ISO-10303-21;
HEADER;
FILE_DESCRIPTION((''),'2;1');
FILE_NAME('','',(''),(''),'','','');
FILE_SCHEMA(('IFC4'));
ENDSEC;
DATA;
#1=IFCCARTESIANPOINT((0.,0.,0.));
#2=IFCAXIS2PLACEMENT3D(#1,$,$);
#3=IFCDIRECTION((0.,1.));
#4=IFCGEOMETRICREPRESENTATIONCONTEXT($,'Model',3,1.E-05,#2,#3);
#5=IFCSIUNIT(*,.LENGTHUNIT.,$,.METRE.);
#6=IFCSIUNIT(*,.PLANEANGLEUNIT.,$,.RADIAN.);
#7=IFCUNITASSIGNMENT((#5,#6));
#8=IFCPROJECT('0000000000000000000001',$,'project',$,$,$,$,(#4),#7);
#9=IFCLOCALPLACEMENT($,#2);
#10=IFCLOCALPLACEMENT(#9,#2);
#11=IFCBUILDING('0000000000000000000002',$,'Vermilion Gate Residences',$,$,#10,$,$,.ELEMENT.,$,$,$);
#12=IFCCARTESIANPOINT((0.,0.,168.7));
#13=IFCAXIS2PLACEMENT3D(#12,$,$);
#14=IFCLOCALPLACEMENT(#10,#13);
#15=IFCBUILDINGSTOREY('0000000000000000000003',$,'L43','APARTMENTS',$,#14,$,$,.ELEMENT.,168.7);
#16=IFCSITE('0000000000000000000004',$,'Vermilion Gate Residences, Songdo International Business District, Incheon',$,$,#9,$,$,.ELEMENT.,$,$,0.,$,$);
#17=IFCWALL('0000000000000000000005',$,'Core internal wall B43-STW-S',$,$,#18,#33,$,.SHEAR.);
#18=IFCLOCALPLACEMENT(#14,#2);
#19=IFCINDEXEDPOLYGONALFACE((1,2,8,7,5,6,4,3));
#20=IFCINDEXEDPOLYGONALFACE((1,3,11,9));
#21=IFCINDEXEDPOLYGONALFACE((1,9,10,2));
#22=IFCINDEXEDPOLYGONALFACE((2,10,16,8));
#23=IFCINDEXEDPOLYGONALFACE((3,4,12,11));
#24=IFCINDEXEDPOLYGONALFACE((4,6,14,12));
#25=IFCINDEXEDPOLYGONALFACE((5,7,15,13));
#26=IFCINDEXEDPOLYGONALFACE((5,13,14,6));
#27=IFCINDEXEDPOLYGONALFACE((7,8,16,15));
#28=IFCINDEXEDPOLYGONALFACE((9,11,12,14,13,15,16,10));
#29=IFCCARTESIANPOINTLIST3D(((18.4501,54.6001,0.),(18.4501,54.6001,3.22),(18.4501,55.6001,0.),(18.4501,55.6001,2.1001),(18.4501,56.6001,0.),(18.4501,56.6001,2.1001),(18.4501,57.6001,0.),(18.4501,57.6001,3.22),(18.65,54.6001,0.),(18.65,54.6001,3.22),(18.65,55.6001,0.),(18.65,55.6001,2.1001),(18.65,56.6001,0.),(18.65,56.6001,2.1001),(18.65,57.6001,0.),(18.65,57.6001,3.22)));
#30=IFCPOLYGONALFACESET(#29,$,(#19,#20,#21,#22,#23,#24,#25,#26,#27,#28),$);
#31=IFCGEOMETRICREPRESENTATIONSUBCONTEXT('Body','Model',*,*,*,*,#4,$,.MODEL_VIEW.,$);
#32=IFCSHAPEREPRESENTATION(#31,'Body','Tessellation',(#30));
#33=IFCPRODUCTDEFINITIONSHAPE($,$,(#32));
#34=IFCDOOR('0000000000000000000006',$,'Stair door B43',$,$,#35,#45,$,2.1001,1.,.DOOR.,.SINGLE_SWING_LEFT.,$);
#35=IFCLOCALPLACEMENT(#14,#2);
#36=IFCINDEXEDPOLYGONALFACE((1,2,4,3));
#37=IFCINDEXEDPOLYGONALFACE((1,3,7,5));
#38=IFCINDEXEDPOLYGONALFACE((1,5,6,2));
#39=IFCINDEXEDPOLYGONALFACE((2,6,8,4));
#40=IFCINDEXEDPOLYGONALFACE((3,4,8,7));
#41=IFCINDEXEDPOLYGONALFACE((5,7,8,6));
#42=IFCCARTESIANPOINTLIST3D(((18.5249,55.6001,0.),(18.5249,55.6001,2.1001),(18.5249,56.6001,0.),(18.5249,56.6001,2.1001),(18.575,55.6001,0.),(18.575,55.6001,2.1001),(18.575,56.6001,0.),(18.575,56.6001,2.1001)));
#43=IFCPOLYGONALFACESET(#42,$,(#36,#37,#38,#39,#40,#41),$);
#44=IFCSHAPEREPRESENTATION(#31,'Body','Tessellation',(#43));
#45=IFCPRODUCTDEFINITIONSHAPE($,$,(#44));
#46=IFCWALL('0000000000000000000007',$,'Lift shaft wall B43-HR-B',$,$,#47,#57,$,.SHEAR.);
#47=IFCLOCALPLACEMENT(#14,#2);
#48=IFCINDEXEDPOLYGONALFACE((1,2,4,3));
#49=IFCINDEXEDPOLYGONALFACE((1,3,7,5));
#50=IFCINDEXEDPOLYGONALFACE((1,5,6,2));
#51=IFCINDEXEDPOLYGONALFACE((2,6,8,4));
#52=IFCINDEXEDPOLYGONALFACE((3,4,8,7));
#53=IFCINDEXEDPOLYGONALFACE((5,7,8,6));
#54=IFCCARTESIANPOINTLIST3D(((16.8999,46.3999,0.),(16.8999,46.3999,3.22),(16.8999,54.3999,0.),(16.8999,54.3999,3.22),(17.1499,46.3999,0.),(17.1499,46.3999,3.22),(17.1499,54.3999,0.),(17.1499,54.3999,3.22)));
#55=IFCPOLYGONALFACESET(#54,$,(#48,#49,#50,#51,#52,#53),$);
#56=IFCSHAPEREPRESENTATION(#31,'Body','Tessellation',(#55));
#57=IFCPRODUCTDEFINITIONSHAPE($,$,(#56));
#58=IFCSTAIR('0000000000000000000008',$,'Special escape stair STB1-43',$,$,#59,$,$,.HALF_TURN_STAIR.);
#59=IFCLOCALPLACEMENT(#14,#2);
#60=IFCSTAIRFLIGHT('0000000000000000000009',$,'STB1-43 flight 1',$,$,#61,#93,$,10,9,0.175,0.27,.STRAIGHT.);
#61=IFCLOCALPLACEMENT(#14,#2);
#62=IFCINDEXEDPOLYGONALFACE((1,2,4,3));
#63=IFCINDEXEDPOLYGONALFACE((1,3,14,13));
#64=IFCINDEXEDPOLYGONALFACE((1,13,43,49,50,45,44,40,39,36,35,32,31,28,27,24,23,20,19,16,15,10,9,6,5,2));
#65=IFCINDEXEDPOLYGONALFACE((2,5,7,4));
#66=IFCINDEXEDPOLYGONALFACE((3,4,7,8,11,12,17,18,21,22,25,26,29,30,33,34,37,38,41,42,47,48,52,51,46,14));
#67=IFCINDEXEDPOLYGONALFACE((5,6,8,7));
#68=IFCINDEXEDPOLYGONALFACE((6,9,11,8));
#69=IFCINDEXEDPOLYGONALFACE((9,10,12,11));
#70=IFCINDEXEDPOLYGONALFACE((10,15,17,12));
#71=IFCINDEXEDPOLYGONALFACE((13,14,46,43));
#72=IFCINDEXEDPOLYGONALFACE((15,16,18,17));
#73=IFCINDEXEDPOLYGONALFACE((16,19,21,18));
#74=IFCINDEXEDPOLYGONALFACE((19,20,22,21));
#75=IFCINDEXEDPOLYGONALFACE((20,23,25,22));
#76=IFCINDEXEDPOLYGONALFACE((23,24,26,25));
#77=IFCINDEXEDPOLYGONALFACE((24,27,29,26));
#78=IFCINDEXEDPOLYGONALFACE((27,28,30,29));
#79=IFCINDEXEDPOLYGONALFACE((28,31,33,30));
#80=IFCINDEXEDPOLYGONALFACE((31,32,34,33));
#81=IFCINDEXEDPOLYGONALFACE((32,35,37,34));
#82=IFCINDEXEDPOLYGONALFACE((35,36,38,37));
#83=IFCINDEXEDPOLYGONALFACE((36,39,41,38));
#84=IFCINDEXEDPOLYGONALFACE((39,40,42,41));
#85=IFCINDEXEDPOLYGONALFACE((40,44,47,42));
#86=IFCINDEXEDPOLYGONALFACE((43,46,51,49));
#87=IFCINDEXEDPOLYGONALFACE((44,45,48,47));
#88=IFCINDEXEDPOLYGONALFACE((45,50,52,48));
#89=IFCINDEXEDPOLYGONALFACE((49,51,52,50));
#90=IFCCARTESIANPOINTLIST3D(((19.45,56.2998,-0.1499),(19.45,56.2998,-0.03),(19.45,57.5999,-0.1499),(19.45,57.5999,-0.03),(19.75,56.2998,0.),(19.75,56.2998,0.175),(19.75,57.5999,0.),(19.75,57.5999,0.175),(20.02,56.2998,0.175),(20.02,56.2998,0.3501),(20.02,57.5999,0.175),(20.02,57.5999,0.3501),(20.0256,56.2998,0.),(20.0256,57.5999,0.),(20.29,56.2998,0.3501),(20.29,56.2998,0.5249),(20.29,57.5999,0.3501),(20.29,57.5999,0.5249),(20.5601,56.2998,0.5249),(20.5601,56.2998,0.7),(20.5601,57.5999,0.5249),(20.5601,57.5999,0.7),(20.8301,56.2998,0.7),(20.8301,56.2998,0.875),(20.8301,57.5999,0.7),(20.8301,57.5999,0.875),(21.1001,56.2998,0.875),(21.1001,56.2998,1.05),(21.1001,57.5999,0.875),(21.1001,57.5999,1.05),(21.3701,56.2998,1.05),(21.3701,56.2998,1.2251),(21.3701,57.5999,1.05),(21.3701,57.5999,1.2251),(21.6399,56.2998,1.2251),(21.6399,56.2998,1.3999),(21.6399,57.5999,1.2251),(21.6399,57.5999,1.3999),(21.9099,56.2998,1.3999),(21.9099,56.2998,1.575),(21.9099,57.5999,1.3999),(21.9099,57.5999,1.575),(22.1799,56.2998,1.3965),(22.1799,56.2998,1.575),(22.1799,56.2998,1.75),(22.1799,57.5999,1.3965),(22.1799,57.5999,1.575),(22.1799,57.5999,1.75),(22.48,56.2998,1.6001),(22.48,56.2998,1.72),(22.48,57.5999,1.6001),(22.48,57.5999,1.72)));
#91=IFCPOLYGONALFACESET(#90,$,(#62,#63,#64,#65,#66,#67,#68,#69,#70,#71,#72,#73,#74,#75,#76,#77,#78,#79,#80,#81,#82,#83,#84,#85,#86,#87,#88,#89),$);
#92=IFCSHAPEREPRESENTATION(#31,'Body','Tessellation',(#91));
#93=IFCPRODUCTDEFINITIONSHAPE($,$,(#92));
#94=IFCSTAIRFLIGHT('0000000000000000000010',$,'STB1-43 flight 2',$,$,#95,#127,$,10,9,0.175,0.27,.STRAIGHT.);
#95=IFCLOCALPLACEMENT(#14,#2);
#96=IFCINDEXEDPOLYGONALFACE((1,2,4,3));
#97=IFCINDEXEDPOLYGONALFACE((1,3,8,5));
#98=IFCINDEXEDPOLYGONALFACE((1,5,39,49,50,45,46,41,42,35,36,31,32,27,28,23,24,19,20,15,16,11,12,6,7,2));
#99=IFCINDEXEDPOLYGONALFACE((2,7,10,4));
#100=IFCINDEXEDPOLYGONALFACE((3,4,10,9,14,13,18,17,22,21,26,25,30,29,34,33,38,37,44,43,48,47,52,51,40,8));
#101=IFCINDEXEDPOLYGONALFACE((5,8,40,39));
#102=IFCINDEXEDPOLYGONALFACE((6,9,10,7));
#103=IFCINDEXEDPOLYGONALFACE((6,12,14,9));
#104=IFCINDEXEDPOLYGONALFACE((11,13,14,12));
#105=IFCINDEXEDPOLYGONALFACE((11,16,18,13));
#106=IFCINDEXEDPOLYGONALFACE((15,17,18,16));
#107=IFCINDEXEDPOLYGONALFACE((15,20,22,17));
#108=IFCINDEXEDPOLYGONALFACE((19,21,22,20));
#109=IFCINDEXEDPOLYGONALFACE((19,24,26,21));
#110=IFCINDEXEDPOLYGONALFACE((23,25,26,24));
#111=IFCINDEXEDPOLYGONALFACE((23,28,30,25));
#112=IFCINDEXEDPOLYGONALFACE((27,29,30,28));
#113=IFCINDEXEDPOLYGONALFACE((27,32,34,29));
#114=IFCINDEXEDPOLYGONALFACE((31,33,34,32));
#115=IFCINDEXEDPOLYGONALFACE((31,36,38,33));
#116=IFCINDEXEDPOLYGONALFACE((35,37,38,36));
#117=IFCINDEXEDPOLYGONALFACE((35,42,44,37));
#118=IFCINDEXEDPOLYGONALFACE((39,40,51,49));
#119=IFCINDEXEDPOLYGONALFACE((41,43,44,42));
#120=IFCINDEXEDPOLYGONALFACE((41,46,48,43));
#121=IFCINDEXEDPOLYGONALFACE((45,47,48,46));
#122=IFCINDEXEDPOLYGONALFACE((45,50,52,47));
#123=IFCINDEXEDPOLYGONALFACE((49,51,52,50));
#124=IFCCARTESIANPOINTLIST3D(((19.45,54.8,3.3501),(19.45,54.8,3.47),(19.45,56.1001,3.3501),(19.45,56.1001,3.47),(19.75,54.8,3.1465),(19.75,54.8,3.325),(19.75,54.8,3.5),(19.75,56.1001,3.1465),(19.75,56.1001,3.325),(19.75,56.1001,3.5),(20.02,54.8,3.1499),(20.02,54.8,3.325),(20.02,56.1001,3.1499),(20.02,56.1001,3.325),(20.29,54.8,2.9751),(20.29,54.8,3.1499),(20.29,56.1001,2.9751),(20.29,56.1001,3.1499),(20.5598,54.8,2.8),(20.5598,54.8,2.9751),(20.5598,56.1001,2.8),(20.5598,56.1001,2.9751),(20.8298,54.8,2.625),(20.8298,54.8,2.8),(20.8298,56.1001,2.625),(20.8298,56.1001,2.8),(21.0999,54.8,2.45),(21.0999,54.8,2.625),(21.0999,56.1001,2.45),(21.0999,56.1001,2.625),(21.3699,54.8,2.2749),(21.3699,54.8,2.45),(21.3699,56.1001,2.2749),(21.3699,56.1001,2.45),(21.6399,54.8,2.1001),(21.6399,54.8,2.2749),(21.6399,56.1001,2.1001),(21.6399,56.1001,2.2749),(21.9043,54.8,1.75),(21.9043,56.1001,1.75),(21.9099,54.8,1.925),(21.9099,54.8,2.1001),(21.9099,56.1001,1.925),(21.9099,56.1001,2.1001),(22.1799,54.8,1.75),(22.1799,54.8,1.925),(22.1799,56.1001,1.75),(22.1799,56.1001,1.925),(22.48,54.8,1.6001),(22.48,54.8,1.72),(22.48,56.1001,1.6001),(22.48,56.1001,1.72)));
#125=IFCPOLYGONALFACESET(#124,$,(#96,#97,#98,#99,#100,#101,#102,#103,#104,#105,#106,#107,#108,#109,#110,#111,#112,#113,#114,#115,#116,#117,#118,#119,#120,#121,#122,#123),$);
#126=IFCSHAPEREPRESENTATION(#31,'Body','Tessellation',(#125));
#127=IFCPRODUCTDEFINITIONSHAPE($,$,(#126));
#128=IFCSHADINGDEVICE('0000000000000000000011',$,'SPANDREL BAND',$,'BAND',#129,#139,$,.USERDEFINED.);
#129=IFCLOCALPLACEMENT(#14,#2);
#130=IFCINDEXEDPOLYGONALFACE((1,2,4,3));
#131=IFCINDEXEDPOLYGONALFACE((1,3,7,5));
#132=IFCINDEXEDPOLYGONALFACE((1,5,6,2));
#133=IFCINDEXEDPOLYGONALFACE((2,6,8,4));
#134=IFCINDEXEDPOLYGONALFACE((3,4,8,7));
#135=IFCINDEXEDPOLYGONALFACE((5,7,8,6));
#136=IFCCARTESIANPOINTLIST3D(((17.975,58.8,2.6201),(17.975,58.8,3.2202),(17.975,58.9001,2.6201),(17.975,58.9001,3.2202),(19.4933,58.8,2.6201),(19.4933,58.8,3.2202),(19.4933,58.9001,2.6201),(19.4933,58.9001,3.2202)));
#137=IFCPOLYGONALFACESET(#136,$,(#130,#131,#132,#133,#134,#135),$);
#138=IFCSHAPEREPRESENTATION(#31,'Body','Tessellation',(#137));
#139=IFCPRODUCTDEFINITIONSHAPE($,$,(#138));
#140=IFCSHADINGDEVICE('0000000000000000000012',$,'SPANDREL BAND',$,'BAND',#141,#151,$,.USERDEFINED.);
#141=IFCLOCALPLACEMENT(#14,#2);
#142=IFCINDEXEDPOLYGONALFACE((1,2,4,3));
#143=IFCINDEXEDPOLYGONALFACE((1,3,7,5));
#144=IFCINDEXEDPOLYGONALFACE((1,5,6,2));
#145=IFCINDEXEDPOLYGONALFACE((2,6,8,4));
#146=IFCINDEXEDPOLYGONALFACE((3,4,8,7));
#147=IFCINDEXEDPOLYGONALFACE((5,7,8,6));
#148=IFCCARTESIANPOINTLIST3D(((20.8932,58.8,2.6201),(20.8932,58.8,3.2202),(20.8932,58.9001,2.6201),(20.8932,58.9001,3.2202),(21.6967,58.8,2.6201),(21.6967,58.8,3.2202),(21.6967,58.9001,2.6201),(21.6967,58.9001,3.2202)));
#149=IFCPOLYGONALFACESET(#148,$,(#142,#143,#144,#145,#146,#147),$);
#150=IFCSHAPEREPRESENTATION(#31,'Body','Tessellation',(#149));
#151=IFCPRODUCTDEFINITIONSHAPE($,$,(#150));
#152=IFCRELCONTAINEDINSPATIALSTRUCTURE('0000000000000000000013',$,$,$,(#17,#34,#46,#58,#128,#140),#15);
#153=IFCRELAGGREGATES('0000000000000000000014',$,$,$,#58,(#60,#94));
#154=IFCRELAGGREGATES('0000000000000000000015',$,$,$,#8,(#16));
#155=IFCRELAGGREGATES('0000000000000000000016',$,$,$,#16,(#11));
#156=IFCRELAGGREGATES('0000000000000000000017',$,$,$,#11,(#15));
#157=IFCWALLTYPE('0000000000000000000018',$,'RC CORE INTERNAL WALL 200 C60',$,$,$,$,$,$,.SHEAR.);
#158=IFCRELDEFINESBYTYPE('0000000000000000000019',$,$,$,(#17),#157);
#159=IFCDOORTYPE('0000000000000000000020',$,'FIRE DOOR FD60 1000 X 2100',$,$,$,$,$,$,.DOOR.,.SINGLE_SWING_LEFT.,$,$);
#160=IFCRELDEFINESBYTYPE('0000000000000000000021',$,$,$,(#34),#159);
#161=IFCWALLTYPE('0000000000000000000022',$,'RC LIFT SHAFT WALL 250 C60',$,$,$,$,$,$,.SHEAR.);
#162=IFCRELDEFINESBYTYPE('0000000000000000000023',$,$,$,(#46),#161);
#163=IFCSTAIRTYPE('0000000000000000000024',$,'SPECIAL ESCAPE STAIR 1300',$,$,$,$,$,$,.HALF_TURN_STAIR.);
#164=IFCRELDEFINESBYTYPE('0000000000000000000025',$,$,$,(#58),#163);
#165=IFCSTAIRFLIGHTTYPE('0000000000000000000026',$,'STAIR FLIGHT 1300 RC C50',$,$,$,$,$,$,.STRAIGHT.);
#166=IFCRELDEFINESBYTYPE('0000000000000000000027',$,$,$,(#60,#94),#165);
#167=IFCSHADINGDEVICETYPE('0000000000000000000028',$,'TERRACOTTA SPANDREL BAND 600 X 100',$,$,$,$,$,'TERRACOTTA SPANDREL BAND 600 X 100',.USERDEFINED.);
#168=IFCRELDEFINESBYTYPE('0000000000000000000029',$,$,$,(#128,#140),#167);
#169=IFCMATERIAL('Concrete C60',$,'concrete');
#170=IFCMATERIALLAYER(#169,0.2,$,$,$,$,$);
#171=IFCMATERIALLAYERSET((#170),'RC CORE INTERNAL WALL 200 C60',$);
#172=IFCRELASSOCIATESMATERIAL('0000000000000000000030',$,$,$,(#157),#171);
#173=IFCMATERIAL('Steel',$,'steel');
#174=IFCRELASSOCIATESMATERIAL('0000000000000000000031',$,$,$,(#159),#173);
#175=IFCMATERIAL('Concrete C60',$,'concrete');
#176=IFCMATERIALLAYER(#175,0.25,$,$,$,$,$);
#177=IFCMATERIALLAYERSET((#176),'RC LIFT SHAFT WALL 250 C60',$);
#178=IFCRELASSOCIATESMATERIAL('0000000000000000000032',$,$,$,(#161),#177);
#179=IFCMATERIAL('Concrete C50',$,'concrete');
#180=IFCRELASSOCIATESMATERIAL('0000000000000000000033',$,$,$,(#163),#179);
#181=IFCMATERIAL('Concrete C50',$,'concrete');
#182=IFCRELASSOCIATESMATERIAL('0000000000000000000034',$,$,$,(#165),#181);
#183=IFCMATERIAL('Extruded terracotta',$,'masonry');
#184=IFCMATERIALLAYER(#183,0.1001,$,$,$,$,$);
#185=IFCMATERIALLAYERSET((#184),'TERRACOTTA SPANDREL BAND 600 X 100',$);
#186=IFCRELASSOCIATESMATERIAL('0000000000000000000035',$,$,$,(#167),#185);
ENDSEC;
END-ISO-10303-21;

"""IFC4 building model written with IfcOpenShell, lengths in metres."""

from ifc_helpers import new_model, si_unit, direction, frame, frame_2d, origin, origin_2d, place, context, subcontext, project, spatial, polyline, rectangle, outline, extrude, material, layer, layer_set, type_object, element, fill, aggregate, save


model = new_model("IFC4")

# Units and contexts
model_context = context("Model", 3, precision=1e-05, world=origin(), true_north=direction((0.0, 1.0)))
body_context = subcontext(model_context, "Body", "Model", "MODEL_VIEW")
ifc_project = project(units=[si_unit("LENGTHUNIT", "METRE"), si_unit("PLANEANGLEUNIT", "RADIAN")], contexts=[model_context])

# Site, building, storey
site_placement = place(None, origin())
site = spatial("IfcSite", under=ifc_project, at=site_placement, Name="Vermilion Gate Residences, Songdo International Business District, Incheon", CompositionType="ELEMENT", RefElevation=0.0)
building_placement = place(site_placement, origin())
building = spatial("IfcBuilding", under=site, at=building_placement, Name="Vermilion Gate Residences", CompositionType="ELEMENT")
storey_placement = place(building_placement, frame((0.0, 0.0, 168.7)))
storey = spatial("IfcBuildingStorey", under=building, at=storey_placement, Name="L43", Description="APARTMENTS", CompositionType="ELEMENT", Elevation=168.7)

# Shared definitions
ifc_material_1 = material(Name="Concrete C60", Category="concrete")
ifc_layer_1 = layer(ifc_material_1, 0.2)
ifc_layer_set_1 = layer_set([ifc_layer_1], Name="RC CORE INTERNAL WALL 200 C60")
wall_type_1 = type_object("IfcWallType", Name="RC CORE INTERNAL WALL 200 C60", PredefinedType="SHEAR", material=ifc_layer_set_1)

# Wall, opening, door
wall_1_placement = place(storey_placement, frame((18.55, 57.6001, 0.0), z_axis=(0.0, 0.0, 1.0), x_axis=(0.0, -1.0, 0.0)))
wall_1 = element("IfcWall", 1, at=wall_1_placement, inside=storey, type_object=wall_type_1, Name="Core internal wall B43-STW-S", PredefinedType="SHEAR", context=body_context, shape_type="SweptSolid", body=[
    extrude(rectangle(XDim=3.0, YDim=0.2, at=frame_2d((1.5, 0.0))), origin(), (0.0, 0.0, 1.0), 3.22),
])
opening_1_placement = place(wall_1_placement, frame((1.0, 0.0, 0.0)))
opening_1 = element("IfcOpeningElement", 2, at=opening_1_placement, cuts=wall_1, PredefinedType="OPENING", context=body_context, shape_type="SweptSolid", body=[
    extrude(rectangle(XDim=1.0, YDim=2.1001, at=frame_2d((0.5, 1.05))), frame((0.0, 0.1099, 0.0), z_axis=(0.0, -1.0, 0.0), x_axis=(1.0, 0.0, 0.0)), (0.0, 0.0, 1.0), 0.22),
])
ifc_material_2 = material(Name="Steel", Category="steel")
door_type_1 = type_object("IfcDoorType", Name="FIRE DOOR FD60 1000 X 2100", OperationType="SINGLE_SWING_LEFT", PredefinedType="DOOR", material=ifc_material_2)
door_1_placement = place(opening_1_placement, origin())
door_1 = element("IfcDoor", 3, at=door_1_placement, inside=storey, type_object=door_type_1, Name="Stair door B43", OperationType="SINGLE_SWING_LEFT", OverallHeight=2.1001, OverallWidth=1.0, PredefinedType="DOOR", context=body_context, shape_type="SweptSolid", body=[
    extrude(rectangle(XDim=1.0, YDim=2.1001, at=frame_2d((0.5, 1.05))), frame((0.0, 0.0249, 0.0), z_axis=(0.0, -1.0, 0.0), x_axis=(1.0, 0.0, 0.0)), (0.0, 0.0, 1.0), 0.05),
])
fill(opening_1, door_1)

# Wall
ifc_material_3 = material(Name="Concrete C60", Category="concrete")
ifc_layer_2 = layer(ifc_material_3, 0.25)
ifc_layer_set_2 = layer_set([ifc_layer_2], Name="RC LIFT SHAFT WALL 250 C60")
wall_type_2 = type_object("IfcWallType", Name="RC LIFT SHAFT WALL 250 C60", PredefinedType="SHEAR", material=ifc_layer_set_2)
wall_2_placement = place(storey_placement, frame((17.0249, 54.3999, 0.0), z_axis=(0.0, 0.0, 1.0), x_axis=(0.0, -1.0, 0.0)))
element("IfcWall", 4, at=wall_2_placement, inside=storey, type_object=wall_type_2, Name="Lift shaft wall B43-HR-B", PredefinedType="SHEAR", context=body_context, shape_type="SweptSolid", body=[
    extrude(rectangle(XDim=8.0, YDim=0.25, at=frame_2d((4.0, 0.0))), origin(), (0.0, 0.0, 1.0), 3.22),
])

# Stair, stair flights
ifc_material_4 = material(Name="Concrete C50", Category="concrete")
stair_type = type_object("IfcStairType", Name="SPECIAL ESCAPE STAIR 1300", PredefinedType="HALF_TURN_STAIR", material=ifc_material_4)
stair_placement = place(storey_placement, origin())
stair = element("IfcStair", 5, at=stair_placement, inside=storey, type_object=stair_type, Name="Special escape stair STB1-43", PredefinedType="HALF_TURN_STAIR")
ifc_material_5 = material(Name="Concrete C50", Category="concrete")
stair_flight_type = type_object("IfcStairFlightType", Name="STAIR FLIGHT 1300 RC C50", PredefinedType="STRAIGHT", material=ifc_material_5)
stair_flight_1_placement = place(storey_placement, frame((19.75, 56.95, 0.0), z_axis=(0.0, 0.0, 1.0), x_axis=(1.0, 0.0, 0.0)))
stair_flight_1 = element("IfcStairFlight", 6, at=stair_flight_1_placement, type_object=stair_flight_type, Name="STB1-43 flight 1", NumberOfRisers=10, NumberOfTreads=9, PredefinedType="STRAIGHT", RiserHeight=0.175, TreadLength=0.27, context=body_context, shape_type="SweptSolid", body=[
    extrude(outline(polyline([(-0.3, -0.1499), (-0.3, -0.03), (0.0, 0.0), (0.0, 0.175), (0.27, 0.175), (0.27, 0.3501), (0.54, 0.3501), (0.54, 0.5249), (0.8101, 0.5249), (0.8101, 0.7), (1.0801, 0.7), (1.0801, 0.875), (1.3501, 0.875), (1.3501, 1.05), (1.6201, 1.05), (1.6201, 1.2251), (1.8899, 1.2251), (1.8899, 1.3999), (2.1599, 1.3999), (2.1599, 1.575), (2.4299, 1.575), (2.4299, 1.75), (2.73, 1.72), (2.73, 1.6001), (2.4299, 1.3965), (0.2756, 0.0), (-0.3, -0.1499)])), frame((0.0, 0.6499, 0.0), z_axis=(0.0, -1.0, 0.0), x_axis=(1.0, 0.0, 0.0)), (0.0, 0.0, 1.0), 1.3),
])
stair_flight_2_placement = place(storey_placement, frame((22.1799, 55.45, 1.75), z_axis=(0.0, 0.0, 1.0), x_axis=(-1.0, 0.0, 0.0)))
stair_flight_2 = element("IfcStairFlight", 7, at=stair_flight_2_placement, type_object=stair_flight_type, Name="STB1-43 flight 2", NumberOfRisers=10, NumberOfTreads=9, PredefinedType="STRAIGHT", RiserHeight=0.175, TreadLength=0.27, context=body_context, shape_type="SweptSolid", body=[
    extrude(outline(polyline([(-0.3, -0.1499), (-0.3, -0.03), (0.0, 0.0), (0.0, 0.175), (0.27, 0.175), (0.27, 0.3501), (0.54, 0.3501), (0.54, 0.5249), (0.8101, 0.5249), (0.8101, 0.7), (1.0801, 0.7), (1.0801, 0.875), (1.3501, 0.875), (1.3501, 1.05), (1.6201, 1.05), (1.6201, 1.2251), (1.8899, 1.2251), (1.8899, 1.3999), (2.1599, 1.3999), (2.1599, 1.575), (2.4299, 1.575), (2.4299, 1.75), (2.73, 1.72), (2.73, 1.6001), (2.4299, 1.3965), (0.2756, 0.0), (-0.3, -0.1499)])), frame((0.0, 0.6499, 0.0), z_axis=(0.0, -1.0, 0.0), x_axis=(1.0, 0.0, 0.0)), (0.0, 0.0, 1.0), 1.3),
])
aggregate(stair, [stair_flight_1, stair_flight_2])

# Shading devices
ifc_material_6 = material(Name="Extruded terracotta", Category="masonry")
ifc_layer_3 = layer(ifc_material_6, 0.1001)
ifc_layer_set_3 = layer_set([ifc_layer_3], Name="TERRACOTTA SPANDREL BAND 600 X 100")
shading_device_type = type_object("IfcShadingDeviceType", Name="TERRACOTTA SPANDREL BAND 600 X 100", ElementType="TERRACOTTA SPANDREL BAND 600 X 100", PredefinedType="USERDEFINED", material=ifc_layer_set_3)
shading_device_1_placement = place(storey_placement, frame((18.7341, 58.8501, 2.6201), z_axis=(0.0, 0.0, 1.0), x_axis=(1.0, 0.0, 0.0)))
element("IfcShadingDevice", 8, at=shading_device_1_placement, inside=storey, type_object=shading_device_type, Name="SPANDREL BAND", ObjectType="BAND", PredefinedType="USERDEFINED", context=body_context, shape_type="SweptSolid", body=[
    extrude(rectangle(XDim=1.5183, YDim=0.1001, at=origin_2d()), origin(), (0.0, 0.0, 1.0), 0.6001),
])
shading_device_2_placement = place(storey_placement, frame((21.2949, 58.8501, 2.6201), z_axis=(0.0, 0.0, 1.0), x_axis=(1.0, 0.0, 0.0)))
element("IfcShadingDevice", 9, at=shading_device_2_placement, inside=storey, type_object=shading_device_type, Name="SPANDREL BAND", ObjectType="BAND", PredefinedType="USERDEFINED", context=body_context, shape_type="SweptSolid", body=[
    extrude(rectangle(XDim=0.8035, YDim=0.1001, at=origin_2d()), origin(), (0.0, 0.0, 1.0), 0.6001),
])

save(model, "model.ifc")
